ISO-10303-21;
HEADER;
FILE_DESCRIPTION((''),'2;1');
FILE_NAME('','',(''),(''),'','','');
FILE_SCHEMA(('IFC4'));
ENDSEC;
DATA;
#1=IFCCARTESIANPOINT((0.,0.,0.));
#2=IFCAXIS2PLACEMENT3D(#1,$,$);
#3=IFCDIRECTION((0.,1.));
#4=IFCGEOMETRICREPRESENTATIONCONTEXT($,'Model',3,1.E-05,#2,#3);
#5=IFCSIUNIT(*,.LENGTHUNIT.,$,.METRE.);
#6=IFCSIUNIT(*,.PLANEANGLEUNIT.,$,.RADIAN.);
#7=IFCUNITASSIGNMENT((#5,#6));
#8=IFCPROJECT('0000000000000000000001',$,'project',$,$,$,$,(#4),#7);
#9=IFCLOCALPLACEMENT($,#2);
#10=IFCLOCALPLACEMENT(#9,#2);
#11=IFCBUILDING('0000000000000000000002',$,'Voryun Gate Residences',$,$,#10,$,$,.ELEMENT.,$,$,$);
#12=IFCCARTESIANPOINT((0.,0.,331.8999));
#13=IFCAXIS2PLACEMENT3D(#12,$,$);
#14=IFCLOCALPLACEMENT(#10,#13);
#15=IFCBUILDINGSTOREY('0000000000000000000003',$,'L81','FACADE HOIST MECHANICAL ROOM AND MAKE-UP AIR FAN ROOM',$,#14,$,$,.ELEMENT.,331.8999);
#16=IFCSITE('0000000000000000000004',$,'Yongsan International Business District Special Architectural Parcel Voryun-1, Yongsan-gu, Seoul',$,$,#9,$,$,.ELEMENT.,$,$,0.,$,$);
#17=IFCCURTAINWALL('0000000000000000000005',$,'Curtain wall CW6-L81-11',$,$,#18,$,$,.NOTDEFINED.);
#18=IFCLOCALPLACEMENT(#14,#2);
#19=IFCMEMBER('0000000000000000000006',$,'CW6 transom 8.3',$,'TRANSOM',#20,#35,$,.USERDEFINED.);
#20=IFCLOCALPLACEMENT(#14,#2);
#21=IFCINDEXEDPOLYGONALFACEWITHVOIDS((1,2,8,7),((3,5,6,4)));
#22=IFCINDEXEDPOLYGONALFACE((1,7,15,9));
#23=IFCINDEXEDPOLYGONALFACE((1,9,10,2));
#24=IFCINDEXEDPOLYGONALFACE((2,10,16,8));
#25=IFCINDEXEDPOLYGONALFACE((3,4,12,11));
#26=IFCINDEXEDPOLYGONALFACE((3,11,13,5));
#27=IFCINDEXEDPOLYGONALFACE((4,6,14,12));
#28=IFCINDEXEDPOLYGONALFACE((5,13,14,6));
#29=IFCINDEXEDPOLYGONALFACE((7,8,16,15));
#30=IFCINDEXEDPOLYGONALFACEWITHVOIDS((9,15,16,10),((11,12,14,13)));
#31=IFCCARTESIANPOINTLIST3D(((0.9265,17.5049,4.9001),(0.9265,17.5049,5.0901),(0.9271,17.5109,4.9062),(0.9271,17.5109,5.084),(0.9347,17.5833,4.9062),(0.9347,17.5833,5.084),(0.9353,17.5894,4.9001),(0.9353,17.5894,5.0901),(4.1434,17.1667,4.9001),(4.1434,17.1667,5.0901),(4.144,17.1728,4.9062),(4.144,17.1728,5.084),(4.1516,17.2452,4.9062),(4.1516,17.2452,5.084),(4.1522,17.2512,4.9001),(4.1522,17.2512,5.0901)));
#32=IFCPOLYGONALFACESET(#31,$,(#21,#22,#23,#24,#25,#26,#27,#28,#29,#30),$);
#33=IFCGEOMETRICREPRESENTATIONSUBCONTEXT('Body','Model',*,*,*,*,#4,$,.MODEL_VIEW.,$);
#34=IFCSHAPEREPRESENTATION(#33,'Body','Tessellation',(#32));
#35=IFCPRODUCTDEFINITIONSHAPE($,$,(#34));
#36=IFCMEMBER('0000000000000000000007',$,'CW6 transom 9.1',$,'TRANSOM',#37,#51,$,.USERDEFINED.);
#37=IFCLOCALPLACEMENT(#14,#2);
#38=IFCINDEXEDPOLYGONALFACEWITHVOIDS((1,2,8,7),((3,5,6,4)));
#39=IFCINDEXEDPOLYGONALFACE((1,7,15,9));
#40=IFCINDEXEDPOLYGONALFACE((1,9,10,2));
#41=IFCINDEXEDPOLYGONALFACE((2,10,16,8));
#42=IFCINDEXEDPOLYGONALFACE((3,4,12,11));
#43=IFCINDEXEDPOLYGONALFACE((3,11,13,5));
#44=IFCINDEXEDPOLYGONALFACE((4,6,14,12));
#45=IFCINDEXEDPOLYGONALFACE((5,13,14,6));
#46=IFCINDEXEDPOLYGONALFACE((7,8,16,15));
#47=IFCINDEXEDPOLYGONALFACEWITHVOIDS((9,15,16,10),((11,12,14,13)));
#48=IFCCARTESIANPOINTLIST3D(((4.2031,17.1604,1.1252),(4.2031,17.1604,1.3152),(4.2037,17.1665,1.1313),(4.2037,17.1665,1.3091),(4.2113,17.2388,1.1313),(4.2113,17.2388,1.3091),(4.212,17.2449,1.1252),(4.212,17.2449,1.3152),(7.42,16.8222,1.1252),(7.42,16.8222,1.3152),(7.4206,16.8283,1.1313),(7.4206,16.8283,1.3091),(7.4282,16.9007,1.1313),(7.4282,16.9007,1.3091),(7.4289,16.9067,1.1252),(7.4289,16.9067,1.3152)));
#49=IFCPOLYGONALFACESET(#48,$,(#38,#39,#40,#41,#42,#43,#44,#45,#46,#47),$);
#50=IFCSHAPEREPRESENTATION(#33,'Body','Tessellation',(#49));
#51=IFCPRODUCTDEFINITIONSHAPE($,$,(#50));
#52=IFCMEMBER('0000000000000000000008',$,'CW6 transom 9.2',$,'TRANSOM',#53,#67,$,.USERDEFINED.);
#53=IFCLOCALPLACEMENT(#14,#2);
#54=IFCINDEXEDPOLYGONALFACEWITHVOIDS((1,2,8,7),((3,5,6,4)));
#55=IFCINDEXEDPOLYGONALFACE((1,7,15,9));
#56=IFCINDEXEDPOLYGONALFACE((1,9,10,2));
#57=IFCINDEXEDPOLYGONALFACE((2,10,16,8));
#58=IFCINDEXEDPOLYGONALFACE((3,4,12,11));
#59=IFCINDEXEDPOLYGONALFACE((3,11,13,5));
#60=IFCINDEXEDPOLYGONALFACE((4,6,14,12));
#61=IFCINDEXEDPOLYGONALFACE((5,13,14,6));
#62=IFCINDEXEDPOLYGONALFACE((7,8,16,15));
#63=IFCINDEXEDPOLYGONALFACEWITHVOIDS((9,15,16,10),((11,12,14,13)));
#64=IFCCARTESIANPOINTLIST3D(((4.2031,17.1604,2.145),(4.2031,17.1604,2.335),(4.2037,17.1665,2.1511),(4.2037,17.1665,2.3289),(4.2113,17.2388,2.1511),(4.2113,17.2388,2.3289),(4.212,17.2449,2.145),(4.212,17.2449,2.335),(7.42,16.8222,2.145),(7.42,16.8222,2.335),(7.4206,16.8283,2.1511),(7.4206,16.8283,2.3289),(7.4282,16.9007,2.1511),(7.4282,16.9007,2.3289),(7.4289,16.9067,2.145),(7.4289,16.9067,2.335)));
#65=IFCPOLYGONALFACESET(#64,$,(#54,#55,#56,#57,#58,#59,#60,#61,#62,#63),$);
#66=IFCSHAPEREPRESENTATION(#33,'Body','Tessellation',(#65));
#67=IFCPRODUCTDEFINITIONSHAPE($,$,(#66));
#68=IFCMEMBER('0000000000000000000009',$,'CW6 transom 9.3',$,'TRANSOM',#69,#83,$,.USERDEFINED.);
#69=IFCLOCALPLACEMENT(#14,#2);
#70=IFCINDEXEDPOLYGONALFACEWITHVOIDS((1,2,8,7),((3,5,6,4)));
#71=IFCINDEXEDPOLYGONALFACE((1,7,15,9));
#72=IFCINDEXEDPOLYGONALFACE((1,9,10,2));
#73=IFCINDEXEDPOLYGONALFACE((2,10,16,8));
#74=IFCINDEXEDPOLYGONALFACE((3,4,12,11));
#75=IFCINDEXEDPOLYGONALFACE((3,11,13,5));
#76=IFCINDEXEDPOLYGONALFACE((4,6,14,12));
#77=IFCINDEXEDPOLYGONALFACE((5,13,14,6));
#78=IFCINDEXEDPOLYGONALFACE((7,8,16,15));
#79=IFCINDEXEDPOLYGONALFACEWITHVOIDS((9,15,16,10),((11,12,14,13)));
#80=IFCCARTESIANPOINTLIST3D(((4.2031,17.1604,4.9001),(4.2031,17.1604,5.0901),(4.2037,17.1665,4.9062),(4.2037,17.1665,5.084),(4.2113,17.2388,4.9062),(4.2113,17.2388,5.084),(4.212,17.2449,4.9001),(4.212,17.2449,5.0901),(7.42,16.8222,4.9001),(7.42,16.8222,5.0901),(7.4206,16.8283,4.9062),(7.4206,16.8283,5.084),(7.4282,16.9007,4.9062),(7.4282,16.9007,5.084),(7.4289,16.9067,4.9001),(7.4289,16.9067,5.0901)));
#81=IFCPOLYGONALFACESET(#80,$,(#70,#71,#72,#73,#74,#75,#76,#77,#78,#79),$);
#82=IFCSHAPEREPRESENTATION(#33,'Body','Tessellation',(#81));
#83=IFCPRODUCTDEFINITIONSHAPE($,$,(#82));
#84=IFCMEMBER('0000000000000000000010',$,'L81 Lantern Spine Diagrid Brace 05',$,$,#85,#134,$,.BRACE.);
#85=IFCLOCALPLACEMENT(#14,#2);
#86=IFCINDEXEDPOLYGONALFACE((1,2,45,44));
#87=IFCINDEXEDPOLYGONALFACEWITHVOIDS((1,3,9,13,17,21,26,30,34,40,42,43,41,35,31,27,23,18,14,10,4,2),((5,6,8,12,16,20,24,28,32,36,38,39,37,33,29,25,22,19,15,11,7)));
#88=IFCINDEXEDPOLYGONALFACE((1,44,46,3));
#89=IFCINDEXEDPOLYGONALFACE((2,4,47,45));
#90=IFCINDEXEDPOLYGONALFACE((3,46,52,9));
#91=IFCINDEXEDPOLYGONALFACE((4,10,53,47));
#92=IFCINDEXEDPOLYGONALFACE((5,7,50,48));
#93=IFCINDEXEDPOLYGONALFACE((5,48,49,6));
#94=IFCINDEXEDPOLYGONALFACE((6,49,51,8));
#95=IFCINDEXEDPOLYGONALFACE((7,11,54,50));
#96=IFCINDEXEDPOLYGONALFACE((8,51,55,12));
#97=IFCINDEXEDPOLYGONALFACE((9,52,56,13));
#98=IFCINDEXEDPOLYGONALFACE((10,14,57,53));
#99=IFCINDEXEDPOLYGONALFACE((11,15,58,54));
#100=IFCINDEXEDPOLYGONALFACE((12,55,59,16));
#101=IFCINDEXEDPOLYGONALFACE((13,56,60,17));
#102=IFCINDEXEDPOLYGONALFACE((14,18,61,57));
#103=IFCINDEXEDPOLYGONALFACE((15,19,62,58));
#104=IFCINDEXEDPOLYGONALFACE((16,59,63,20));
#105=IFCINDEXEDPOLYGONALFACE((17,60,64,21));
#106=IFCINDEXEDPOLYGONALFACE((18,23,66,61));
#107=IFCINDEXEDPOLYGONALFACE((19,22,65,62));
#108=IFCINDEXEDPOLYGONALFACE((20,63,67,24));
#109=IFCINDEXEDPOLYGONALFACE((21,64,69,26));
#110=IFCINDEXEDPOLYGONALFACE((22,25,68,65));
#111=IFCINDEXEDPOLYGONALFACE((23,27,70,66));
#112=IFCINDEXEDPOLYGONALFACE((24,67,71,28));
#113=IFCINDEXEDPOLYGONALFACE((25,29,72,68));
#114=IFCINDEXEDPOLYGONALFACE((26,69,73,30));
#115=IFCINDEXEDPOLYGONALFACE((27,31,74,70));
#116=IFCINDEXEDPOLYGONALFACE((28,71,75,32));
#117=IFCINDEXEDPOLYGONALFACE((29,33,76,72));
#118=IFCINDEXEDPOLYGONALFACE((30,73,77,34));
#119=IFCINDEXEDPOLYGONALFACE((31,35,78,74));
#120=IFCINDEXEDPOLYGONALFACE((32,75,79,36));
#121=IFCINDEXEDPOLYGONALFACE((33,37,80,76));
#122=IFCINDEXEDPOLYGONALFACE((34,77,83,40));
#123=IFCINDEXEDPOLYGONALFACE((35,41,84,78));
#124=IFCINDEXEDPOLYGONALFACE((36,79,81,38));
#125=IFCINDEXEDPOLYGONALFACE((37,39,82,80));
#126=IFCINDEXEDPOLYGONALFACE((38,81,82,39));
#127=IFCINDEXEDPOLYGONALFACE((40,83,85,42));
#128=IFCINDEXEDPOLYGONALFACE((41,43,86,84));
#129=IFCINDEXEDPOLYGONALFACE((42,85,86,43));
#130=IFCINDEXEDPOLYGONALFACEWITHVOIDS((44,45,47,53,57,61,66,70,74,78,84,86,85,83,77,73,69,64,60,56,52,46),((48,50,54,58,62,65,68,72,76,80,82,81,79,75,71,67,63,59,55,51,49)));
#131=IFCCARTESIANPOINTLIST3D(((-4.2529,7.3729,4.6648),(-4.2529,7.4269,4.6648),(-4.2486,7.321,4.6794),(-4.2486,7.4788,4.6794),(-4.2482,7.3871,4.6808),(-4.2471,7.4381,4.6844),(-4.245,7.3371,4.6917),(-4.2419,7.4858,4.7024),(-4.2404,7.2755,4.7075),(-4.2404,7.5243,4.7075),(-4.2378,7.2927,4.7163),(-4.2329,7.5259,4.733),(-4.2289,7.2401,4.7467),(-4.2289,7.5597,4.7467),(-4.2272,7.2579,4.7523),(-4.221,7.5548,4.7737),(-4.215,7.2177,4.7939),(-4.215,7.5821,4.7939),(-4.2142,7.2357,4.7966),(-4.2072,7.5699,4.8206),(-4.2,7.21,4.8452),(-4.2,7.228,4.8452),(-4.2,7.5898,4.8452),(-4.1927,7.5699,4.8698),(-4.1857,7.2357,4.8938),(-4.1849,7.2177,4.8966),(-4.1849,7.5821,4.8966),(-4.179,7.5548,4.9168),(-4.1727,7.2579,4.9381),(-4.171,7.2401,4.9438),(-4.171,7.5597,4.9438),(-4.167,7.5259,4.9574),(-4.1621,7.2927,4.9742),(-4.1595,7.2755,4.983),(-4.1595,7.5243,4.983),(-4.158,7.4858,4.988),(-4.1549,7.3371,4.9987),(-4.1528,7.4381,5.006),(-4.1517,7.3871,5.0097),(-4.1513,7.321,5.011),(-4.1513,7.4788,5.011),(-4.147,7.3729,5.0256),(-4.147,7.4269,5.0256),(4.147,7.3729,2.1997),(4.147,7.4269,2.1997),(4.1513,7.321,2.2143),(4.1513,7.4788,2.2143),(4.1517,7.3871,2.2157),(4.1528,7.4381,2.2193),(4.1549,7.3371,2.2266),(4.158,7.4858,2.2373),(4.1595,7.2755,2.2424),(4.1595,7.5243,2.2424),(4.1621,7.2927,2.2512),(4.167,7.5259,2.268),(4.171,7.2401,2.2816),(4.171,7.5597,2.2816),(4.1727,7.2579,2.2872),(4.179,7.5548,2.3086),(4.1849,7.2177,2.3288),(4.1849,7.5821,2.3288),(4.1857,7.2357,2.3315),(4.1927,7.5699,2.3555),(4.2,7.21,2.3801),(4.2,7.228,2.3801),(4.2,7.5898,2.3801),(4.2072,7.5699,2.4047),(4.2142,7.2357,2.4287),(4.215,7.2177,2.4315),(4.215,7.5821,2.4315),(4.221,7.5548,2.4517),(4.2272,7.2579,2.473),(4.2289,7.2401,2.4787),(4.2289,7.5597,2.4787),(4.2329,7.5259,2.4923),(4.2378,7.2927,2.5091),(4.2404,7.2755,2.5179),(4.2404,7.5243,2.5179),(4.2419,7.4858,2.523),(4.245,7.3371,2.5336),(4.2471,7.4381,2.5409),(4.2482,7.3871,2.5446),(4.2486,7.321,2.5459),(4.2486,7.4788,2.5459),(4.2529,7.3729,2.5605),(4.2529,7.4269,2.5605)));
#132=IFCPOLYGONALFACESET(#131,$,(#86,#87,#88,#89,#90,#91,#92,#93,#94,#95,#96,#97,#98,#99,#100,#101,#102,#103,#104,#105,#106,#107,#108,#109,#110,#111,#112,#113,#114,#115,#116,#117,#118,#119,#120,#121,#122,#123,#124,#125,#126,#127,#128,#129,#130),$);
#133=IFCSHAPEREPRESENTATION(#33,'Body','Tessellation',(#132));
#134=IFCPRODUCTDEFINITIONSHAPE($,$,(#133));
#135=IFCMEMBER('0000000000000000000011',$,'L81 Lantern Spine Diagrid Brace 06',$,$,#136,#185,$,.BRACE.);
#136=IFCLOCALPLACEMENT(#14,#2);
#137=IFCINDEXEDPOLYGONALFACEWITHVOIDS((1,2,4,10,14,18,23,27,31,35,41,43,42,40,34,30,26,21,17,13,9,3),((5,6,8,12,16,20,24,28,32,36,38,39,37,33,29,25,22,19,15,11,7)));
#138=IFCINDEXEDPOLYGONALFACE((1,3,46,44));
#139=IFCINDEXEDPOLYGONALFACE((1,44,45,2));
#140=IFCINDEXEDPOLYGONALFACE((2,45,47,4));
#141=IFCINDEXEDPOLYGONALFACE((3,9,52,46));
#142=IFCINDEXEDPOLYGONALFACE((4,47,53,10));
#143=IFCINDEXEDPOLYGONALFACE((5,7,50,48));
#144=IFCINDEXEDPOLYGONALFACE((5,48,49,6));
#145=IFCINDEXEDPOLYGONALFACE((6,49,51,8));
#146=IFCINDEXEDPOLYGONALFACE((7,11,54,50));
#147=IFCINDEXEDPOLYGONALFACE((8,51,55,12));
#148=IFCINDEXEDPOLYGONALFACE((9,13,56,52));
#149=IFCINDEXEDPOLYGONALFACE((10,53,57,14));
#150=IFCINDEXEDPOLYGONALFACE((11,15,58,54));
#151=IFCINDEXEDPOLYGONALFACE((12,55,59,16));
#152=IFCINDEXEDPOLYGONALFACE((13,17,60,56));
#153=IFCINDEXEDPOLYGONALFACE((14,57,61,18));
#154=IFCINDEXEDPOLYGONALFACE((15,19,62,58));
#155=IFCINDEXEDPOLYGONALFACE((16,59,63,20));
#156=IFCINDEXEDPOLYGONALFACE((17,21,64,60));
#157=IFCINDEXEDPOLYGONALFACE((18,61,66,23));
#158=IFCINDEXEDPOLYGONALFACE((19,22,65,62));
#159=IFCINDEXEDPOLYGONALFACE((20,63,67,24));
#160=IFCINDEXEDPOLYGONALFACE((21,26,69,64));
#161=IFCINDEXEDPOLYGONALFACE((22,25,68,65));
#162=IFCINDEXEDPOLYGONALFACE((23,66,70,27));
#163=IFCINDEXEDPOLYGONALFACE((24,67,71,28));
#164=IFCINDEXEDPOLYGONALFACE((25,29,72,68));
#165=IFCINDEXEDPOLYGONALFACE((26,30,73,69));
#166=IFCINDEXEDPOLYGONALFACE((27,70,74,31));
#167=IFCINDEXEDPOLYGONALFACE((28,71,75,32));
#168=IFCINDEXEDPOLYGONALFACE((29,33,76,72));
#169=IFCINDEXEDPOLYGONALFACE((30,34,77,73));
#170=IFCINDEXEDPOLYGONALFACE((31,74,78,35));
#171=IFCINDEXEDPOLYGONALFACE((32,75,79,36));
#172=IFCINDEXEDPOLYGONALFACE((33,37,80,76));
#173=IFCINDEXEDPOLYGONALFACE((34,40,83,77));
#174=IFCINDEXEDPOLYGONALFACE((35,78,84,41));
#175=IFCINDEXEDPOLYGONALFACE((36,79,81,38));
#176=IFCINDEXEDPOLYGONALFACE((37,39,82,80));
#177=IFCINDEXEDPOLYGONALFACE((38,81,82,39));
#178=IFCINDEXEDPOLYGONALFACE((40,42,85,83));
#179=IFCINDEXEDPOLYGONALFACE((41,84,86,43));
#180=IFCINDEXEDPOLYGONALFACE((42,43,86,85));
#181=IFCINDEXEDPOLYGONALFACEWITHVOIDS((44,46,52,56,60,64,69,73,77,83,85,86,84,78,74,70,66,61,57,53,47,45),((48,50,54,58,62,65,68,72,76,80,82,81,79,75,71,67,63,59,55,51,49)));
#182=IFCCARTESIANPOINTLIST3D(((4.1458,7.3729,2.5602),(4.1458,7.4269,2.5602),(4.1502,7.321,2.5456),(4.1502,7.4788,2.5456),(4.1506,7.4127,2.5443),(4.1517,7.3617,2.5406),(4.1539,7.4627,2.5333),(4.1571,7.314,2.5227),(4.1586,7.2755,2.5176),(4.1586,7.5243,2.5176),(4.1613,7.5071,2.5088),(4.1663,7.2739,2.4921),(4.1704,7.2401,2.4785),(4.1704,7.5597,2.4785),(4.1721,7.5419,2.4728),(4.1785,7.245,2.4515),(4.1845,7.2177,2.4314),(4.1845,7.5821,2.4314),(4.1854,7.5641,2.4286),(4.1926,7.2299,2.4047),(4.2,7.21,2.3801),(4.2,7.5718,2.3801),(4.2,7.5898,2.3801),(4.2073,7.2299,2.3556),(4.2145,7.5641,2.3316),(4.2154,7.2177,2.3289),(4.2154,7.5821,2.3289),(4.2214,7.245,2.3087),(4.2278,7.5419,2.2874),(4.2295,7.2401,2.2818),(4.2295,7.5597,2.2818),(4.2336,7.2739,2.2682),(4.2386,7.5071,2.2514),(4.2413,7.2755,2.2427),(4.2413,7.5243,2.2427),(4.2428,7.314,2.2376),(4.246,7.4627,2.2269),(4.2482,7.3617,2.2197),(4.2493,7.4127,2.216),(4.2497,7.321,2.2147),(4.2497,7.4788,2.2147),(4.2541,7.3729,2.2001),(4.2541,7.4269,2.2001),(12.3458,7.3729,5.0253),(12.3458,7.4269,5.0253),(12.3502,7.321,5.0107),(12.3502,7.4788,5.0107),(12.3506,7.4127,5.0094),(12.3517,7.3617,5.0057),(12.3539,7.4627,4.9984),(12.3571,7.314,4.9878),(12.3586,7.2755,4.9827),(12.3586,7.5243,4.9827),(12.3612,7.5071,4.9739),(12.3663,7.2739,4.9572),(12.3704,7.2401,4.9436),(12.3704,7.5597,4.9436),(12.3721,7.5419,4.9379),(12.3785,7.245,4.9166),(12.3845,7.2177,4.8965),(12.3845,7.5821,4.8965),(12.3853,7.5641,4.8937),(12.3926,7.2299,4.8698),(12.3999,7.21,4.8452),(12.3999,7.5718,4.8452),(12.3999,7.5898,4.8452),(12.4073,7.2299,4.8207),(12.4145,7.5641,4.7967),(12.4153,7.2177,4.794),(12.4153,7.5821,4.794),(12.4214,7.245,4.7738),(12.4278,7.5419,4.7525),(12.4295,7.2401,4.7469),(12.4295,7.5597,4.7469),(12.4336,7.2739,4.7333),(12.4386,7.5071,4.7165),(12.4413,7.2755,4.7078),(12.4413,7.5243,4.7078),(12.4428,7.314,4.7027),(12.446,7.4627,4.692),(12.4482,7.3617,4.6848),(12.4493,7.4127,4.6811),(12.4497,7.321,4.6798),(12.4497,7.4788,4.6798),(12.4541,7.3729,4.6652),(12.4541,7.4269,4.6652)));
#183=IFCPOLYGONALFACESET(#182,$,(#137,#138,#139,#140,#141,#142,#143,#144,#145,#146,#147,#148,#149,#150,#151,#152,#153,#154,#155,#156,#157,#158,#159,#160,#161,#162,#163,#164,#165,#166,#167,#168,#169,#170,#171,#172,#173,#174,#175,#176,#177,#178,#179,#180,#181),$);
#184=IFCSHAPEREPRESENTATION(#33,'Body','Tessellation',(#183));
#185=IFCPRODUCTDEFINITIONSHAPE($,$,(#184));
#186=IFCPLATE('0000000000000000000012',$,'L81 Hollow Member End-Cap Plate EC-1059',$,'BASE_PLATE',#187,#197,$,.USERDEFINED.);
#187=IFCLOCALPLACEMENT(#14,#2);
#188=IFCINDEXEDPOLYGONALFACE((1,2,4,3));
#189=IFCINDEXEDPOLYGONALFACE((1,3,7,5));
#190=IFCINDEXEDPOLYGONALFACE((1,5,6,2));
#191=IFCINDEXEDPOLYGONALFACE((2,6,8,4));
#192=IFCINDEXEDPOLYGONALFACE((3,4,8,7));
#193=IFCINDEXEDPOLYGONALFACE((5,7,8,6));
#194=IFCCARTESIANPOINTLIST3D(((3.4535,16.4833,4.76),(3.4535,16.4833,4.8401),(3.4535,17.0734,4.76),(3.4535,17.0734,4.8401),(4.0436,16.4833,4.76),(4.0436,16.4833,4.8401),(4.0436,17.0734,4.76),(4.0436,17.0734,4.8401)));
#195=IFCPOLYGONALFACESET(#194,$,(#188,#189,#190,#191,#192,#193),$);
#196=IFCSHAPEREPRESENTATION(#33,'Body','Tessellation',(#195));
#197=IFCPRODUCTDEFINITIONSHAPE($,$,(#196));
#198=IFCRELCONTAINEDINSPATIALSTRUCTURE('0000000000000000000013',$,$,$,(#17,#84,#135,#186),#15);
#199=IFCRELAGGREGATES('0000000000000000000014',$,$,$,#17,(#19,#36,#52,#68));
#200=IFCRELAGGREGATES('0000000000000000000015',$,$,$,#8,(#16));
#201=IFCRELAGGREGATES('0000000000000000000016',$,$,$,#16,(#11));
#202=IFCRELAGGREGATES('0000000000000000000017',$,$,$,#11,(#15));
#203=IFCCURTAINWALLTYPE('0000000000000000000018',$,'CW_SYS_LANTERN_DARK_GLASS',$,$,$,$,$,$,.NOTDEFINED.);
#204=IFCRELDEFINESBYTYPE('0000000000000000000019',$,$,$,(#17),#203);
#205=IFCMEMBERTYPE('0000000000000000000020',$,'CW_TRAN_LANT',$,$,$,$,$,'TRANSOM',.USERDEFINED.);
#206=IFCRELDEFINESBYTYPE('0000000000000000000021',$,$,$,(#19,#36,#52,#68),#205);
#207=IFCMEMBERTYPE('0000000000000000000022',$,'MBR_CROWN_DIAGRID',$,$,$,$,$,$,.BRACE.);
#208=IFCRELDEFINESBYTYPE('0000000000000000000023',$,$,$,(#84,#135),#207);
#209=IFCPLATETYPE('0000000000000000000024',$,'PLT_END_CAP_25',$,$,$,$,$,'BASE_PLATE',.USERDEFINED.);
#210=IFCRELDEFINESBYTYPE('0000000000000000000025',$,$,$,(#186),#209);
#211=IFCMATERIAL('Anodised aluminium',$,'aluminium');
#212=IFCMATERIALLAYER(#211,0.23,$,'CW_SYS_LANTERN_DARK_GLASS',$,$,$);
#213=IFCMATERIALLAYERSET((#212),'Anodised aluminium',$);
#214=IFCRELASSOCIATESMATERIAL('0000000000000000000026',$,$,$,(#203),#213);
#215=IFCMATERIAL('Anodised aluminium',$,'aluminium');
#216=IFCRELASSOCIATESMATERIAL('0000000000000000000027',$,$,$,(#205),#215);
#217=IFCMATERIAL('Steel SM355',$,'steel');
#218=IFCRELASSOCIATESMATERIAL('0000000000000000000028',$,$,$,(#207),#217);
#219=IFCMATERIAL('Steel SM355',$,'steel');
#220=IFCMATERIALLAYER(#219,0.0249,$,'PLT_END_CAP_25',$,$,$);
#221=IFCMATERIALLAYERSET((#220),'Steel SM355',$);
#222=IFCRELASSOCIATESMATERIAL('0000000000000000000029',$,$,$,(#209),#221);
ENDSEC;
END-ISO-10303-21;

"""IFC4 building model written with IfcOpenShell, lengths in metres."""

from ifc_helpers import new_model, si_unit, direction, frame, origin, origin_2d, place, context, subcontext, project, spatial, rectangle, hollow_rectangle, hollow_circle, extrude, material, layer, layer_set, material_profile, profile_set, type_object, element, aggregate, save


model = new_model("IFC4")

# Units and contexts
model_context = context("Model", 3, precision=1e-05, world=origin(), true_north=direction((0.0, 1.0)))
body_context = subcontext(model_context, "Body", "Model", "MODEL_VIEW")
ifc_project = project(units=[si_unit("LENGTHUNIT", "METRE"), si_unit("PLANEANGLEUNIT", "RADIAN")], contexts=[model_context])

# Site, building, storey
site_placement = place(None, origin())
site = spatial("IfcSite", under=ifc_project, at=site_placement, Name="Yongsan International Business District Special Architectural Parcel Voryun-1, Yongsan-gu, Seoul", CompositionType="ELEMENT", RefElevation=0.0)
building_placement = place(site_placement, origin())
building = spatial("IfcBuilding", under=site, at=building_placement, Name="Voryun Gate Residences", CompositionType="ELEMENT")
storey_placement = place(building_placement, frame((0.0, 0.0, 331.8999)))
storey = spatial("IfcBuildingStorey", under=building, at=storey_placement, Name="L81", Description="FACADE HOIST MECHANICAL ROOM AND MAKE-UP AIR FAN ROOM", CompositionType="ELEMENT", Elevation=331.8999)

# Curtain wall, members
ifc_material_1 = material(Name="Anodised aluminium", Category="aluminium")
ifc_layer_1 = layer(ifc_material_1, 0.23, Name="CW_SYS_LANTERN_DARK_GLASS")
ifc_layer_set_1 = layer_set([ifc_layer_1], Name="Anodised aluminium")
curtain_wall_type = type_object("IfcCurtainWallType", Name="CW_SYS_LANTERN_DARK_GLASS", PredefinedType="NOTDEFINED", material=ifc_layer_set_1)
curtain_wall_placement = place(storey_placement, origin())
curtain_wall = element("IfcCurtainWall", 1, at=curtain_wall_placement, inside=storey, type_object=curtain_wall_type, Name="Curtain wall CW6-L81-11", PredefinedType="NOTDEFINED")
ifc_material_2 = material(Name="Anodised aluminium", Category="aluminium")
ifc_material_profile_1 = material_profile(ifc_material_2, hollow_rectangle(XDim=0.085, YDim=0.1899, WallThickness=0.0061, at=origin_2d()), Name="ALU-TRAN-190x85x6")
ifc_profile_set_1 = profile_set([ifc_material_profile_1], Name="Anodised aluminium")
member_type_1 = type_object("IfcMemberType", Name="CW_TRAN_LANT", ElementType="TRANSOM", PredefinedType="USERDEFINED", material=ifc_profile_set_1)
member_1_placement = place(storey_placement, frame((0.9309, 17.5471, 4.9951), z_axis=(0.994521, -0.104539, 0.0), x_axis=(0.104539, 0.994521, 0.0)))
member_1 = element("IfcMember", 2, at=member_1_placement, type_object=member_type_1, Name="CW6 transom 8.3", ObjectType="TRANSOM", PredefinedType="USERDEFINED", context=body_context, shape_type="SweptSolid", body=[
    extrude(hollow_rectangle(XDim=0.085, YDim=0.1899, WallThickness=0.0061, at=origin_2d()), origin(), (0.0, 0.0, 1.0), 3.2346),
])
member_2_placement = place(storey_placement, frame((4.2075, 17.2026, 1.2202), z_axis=(0.994521, -0.104539, 0.0), x_axis=(0.104539, 0.994521, 0.0)))
member_2 = element("IfcMember", 3, at=member_2_placement, type_object=member_type_1, Name="CW6 transom 9.1", ObjectType="TRANSOM", PredefinedType="USERDEFINED", context=body_context, shape_type="SweptSolid", body=[
    extrude(hollow_rectangle(XDim=0.085, YDim=0.1899, WallThickness=0.0061, at=origin_2d()), origin(), (0.0, 0.0, 1.0), 3.2346),
])
member_3_placement = place(storey_placement, frame((4.2075, 17.2026, 2.24), z_axis=(0.994521, -0.104539, 0.0), x_axis=(0.104539, 0.994521, 0.0)))
member_3 = element("IfcMember", 4, at=member_3_placement, type_object=member_type_1, Name="CW6 transom 9.2", ObjectType="TRANSOM", PredefinedType="USERDEFINED", context=body_context, shape_type="SweptSolid", body=[
    extrude(hollow_rectangle(XDim=0.085, YDim=0.1899, WallThickness=0.0061, at=origin_2d()), origin(), (0.0, 0.0, 1.0), 3.2346),
])
member_4_placement = place(storey_placement, frame((4.2075, 17.2026, 4.9951), z_axis=(0.994521, -0.104539, 0.0), x_axis=(0.104539, 0.994521, 0.0)))
member_4 = element("IfcMember", 5, at=member_4_placement, type_object=member_type_1, Name="CW6 transom 9.3", ObjectType="TRANSOM", PredefinedType="USERDEFINED", context=body_context, shape_type="SweptSolid", body=[
    extrude(hollow_rectangle(XDim=0.085, YDim=0.1899, WallThickness=0.0061, at=origin_2d()), origin(), (0.0, 0.0, 1.0), 3.2346),
])

# Members
ifc_material_3 = material(Name="Steel SM355", Category="steel")
ifc_material_profile_2 = material_profile(ifc_material_3, hollow_circle(Radius=0.1899, WallThickness=0.0181, at=origin_2d()), Name="CHS-380x18")
ifc_profile_set_2 = profile_set([ifc_material_profile_2], Name="Steel SM355")
member_type_2 = type_object("IfcMemberType", Name="MBR_CROWN_DIAGRID", PredefinedType="BRACE", material=ifc_profile_set_2)
member_5_placement = place(storey_placement, frame((4.2, 7.3999, 2.3801), z_axis=(-0.959535, 0.0, 0.281591), x_axis=(0.0, -1.0, 0.0)))
element("IfcMember", 6, at=member_5_placement, inside=storey, type_object=member_type_2, Name="L81 Lantern Spine Diagrid Brace 05", PredefinedType="BRACE", context=body_context, shape_type="SweptSolid", body=[
    extrude(hollow_circle(Radius=0.1899, WallThickness=0.0181, at=origin_2d()), origin(), (0.0, 0.0, 1.0), 8.7542),
])
member_6_placement = place(storey_placement, frame((4.2, 7.3999, 2.3801), z_axis=(0.957662, 0.0, 0.287895), x_axis=(0.0, 1.0, 0.0)))
element("IfcMember", 7, at=member_6_placement, inside=storey, type_object=member_type_2, Name="L81 Lantern Spine Diagrid Brace 06", PredefinedType="BRACE", context=body_context, shape_type="SweptSolid", body=[
    extrude(hollow_circle(Radius=0.1899, WallThickness=0.0181, at=origin_2d()), origin(), (0.0, 0.0, 1.0), 8.5625),
])

# Plate
ifc_material_4 = material(Name="Steel SM355", Category="steel")
ifc_layer_2 = layer(ifc_material_4, 0.0249, Name="PLT_END_CAP_25")
ifc_layer_set_2 = layer_set([ifc_layer_2], Name="Steel SM355")
plate_type_1 = type_object("IfcPlateType", Name="PLT_END_CAP_25", ElementType="BASE_PLATE", PredefinedType="USERDEFINED", material=ifc_layer_set_2)
plate_1_placement = place(storey_placement, frame((3.7485, 16.7783, 4.76), z_axis=(0.0, 0.0, 1.0), x_axis=(1.0, 0.0, 0.0)))
element("IfcPlate", 8, at=plate_1_placement, inside=storey, type_object=plate_type_1, Name="L81 Hollow Member End-Cap Plate EC-1059", ObjectType="BASE_PLATE", PredefinedType="USERDEFINED", context=body_context, shape_type="SweptSolid", body=[
    extrude(rectangle(XDim=0.5901, YDim=0.5901, at=origin_2d()), origin(), (0.0, 0.0, 1.0), 0.0801),
])
aggregate(curtain_wall, [member_1, member_2, member_3, member_4])

save(model, "model.ifc")
